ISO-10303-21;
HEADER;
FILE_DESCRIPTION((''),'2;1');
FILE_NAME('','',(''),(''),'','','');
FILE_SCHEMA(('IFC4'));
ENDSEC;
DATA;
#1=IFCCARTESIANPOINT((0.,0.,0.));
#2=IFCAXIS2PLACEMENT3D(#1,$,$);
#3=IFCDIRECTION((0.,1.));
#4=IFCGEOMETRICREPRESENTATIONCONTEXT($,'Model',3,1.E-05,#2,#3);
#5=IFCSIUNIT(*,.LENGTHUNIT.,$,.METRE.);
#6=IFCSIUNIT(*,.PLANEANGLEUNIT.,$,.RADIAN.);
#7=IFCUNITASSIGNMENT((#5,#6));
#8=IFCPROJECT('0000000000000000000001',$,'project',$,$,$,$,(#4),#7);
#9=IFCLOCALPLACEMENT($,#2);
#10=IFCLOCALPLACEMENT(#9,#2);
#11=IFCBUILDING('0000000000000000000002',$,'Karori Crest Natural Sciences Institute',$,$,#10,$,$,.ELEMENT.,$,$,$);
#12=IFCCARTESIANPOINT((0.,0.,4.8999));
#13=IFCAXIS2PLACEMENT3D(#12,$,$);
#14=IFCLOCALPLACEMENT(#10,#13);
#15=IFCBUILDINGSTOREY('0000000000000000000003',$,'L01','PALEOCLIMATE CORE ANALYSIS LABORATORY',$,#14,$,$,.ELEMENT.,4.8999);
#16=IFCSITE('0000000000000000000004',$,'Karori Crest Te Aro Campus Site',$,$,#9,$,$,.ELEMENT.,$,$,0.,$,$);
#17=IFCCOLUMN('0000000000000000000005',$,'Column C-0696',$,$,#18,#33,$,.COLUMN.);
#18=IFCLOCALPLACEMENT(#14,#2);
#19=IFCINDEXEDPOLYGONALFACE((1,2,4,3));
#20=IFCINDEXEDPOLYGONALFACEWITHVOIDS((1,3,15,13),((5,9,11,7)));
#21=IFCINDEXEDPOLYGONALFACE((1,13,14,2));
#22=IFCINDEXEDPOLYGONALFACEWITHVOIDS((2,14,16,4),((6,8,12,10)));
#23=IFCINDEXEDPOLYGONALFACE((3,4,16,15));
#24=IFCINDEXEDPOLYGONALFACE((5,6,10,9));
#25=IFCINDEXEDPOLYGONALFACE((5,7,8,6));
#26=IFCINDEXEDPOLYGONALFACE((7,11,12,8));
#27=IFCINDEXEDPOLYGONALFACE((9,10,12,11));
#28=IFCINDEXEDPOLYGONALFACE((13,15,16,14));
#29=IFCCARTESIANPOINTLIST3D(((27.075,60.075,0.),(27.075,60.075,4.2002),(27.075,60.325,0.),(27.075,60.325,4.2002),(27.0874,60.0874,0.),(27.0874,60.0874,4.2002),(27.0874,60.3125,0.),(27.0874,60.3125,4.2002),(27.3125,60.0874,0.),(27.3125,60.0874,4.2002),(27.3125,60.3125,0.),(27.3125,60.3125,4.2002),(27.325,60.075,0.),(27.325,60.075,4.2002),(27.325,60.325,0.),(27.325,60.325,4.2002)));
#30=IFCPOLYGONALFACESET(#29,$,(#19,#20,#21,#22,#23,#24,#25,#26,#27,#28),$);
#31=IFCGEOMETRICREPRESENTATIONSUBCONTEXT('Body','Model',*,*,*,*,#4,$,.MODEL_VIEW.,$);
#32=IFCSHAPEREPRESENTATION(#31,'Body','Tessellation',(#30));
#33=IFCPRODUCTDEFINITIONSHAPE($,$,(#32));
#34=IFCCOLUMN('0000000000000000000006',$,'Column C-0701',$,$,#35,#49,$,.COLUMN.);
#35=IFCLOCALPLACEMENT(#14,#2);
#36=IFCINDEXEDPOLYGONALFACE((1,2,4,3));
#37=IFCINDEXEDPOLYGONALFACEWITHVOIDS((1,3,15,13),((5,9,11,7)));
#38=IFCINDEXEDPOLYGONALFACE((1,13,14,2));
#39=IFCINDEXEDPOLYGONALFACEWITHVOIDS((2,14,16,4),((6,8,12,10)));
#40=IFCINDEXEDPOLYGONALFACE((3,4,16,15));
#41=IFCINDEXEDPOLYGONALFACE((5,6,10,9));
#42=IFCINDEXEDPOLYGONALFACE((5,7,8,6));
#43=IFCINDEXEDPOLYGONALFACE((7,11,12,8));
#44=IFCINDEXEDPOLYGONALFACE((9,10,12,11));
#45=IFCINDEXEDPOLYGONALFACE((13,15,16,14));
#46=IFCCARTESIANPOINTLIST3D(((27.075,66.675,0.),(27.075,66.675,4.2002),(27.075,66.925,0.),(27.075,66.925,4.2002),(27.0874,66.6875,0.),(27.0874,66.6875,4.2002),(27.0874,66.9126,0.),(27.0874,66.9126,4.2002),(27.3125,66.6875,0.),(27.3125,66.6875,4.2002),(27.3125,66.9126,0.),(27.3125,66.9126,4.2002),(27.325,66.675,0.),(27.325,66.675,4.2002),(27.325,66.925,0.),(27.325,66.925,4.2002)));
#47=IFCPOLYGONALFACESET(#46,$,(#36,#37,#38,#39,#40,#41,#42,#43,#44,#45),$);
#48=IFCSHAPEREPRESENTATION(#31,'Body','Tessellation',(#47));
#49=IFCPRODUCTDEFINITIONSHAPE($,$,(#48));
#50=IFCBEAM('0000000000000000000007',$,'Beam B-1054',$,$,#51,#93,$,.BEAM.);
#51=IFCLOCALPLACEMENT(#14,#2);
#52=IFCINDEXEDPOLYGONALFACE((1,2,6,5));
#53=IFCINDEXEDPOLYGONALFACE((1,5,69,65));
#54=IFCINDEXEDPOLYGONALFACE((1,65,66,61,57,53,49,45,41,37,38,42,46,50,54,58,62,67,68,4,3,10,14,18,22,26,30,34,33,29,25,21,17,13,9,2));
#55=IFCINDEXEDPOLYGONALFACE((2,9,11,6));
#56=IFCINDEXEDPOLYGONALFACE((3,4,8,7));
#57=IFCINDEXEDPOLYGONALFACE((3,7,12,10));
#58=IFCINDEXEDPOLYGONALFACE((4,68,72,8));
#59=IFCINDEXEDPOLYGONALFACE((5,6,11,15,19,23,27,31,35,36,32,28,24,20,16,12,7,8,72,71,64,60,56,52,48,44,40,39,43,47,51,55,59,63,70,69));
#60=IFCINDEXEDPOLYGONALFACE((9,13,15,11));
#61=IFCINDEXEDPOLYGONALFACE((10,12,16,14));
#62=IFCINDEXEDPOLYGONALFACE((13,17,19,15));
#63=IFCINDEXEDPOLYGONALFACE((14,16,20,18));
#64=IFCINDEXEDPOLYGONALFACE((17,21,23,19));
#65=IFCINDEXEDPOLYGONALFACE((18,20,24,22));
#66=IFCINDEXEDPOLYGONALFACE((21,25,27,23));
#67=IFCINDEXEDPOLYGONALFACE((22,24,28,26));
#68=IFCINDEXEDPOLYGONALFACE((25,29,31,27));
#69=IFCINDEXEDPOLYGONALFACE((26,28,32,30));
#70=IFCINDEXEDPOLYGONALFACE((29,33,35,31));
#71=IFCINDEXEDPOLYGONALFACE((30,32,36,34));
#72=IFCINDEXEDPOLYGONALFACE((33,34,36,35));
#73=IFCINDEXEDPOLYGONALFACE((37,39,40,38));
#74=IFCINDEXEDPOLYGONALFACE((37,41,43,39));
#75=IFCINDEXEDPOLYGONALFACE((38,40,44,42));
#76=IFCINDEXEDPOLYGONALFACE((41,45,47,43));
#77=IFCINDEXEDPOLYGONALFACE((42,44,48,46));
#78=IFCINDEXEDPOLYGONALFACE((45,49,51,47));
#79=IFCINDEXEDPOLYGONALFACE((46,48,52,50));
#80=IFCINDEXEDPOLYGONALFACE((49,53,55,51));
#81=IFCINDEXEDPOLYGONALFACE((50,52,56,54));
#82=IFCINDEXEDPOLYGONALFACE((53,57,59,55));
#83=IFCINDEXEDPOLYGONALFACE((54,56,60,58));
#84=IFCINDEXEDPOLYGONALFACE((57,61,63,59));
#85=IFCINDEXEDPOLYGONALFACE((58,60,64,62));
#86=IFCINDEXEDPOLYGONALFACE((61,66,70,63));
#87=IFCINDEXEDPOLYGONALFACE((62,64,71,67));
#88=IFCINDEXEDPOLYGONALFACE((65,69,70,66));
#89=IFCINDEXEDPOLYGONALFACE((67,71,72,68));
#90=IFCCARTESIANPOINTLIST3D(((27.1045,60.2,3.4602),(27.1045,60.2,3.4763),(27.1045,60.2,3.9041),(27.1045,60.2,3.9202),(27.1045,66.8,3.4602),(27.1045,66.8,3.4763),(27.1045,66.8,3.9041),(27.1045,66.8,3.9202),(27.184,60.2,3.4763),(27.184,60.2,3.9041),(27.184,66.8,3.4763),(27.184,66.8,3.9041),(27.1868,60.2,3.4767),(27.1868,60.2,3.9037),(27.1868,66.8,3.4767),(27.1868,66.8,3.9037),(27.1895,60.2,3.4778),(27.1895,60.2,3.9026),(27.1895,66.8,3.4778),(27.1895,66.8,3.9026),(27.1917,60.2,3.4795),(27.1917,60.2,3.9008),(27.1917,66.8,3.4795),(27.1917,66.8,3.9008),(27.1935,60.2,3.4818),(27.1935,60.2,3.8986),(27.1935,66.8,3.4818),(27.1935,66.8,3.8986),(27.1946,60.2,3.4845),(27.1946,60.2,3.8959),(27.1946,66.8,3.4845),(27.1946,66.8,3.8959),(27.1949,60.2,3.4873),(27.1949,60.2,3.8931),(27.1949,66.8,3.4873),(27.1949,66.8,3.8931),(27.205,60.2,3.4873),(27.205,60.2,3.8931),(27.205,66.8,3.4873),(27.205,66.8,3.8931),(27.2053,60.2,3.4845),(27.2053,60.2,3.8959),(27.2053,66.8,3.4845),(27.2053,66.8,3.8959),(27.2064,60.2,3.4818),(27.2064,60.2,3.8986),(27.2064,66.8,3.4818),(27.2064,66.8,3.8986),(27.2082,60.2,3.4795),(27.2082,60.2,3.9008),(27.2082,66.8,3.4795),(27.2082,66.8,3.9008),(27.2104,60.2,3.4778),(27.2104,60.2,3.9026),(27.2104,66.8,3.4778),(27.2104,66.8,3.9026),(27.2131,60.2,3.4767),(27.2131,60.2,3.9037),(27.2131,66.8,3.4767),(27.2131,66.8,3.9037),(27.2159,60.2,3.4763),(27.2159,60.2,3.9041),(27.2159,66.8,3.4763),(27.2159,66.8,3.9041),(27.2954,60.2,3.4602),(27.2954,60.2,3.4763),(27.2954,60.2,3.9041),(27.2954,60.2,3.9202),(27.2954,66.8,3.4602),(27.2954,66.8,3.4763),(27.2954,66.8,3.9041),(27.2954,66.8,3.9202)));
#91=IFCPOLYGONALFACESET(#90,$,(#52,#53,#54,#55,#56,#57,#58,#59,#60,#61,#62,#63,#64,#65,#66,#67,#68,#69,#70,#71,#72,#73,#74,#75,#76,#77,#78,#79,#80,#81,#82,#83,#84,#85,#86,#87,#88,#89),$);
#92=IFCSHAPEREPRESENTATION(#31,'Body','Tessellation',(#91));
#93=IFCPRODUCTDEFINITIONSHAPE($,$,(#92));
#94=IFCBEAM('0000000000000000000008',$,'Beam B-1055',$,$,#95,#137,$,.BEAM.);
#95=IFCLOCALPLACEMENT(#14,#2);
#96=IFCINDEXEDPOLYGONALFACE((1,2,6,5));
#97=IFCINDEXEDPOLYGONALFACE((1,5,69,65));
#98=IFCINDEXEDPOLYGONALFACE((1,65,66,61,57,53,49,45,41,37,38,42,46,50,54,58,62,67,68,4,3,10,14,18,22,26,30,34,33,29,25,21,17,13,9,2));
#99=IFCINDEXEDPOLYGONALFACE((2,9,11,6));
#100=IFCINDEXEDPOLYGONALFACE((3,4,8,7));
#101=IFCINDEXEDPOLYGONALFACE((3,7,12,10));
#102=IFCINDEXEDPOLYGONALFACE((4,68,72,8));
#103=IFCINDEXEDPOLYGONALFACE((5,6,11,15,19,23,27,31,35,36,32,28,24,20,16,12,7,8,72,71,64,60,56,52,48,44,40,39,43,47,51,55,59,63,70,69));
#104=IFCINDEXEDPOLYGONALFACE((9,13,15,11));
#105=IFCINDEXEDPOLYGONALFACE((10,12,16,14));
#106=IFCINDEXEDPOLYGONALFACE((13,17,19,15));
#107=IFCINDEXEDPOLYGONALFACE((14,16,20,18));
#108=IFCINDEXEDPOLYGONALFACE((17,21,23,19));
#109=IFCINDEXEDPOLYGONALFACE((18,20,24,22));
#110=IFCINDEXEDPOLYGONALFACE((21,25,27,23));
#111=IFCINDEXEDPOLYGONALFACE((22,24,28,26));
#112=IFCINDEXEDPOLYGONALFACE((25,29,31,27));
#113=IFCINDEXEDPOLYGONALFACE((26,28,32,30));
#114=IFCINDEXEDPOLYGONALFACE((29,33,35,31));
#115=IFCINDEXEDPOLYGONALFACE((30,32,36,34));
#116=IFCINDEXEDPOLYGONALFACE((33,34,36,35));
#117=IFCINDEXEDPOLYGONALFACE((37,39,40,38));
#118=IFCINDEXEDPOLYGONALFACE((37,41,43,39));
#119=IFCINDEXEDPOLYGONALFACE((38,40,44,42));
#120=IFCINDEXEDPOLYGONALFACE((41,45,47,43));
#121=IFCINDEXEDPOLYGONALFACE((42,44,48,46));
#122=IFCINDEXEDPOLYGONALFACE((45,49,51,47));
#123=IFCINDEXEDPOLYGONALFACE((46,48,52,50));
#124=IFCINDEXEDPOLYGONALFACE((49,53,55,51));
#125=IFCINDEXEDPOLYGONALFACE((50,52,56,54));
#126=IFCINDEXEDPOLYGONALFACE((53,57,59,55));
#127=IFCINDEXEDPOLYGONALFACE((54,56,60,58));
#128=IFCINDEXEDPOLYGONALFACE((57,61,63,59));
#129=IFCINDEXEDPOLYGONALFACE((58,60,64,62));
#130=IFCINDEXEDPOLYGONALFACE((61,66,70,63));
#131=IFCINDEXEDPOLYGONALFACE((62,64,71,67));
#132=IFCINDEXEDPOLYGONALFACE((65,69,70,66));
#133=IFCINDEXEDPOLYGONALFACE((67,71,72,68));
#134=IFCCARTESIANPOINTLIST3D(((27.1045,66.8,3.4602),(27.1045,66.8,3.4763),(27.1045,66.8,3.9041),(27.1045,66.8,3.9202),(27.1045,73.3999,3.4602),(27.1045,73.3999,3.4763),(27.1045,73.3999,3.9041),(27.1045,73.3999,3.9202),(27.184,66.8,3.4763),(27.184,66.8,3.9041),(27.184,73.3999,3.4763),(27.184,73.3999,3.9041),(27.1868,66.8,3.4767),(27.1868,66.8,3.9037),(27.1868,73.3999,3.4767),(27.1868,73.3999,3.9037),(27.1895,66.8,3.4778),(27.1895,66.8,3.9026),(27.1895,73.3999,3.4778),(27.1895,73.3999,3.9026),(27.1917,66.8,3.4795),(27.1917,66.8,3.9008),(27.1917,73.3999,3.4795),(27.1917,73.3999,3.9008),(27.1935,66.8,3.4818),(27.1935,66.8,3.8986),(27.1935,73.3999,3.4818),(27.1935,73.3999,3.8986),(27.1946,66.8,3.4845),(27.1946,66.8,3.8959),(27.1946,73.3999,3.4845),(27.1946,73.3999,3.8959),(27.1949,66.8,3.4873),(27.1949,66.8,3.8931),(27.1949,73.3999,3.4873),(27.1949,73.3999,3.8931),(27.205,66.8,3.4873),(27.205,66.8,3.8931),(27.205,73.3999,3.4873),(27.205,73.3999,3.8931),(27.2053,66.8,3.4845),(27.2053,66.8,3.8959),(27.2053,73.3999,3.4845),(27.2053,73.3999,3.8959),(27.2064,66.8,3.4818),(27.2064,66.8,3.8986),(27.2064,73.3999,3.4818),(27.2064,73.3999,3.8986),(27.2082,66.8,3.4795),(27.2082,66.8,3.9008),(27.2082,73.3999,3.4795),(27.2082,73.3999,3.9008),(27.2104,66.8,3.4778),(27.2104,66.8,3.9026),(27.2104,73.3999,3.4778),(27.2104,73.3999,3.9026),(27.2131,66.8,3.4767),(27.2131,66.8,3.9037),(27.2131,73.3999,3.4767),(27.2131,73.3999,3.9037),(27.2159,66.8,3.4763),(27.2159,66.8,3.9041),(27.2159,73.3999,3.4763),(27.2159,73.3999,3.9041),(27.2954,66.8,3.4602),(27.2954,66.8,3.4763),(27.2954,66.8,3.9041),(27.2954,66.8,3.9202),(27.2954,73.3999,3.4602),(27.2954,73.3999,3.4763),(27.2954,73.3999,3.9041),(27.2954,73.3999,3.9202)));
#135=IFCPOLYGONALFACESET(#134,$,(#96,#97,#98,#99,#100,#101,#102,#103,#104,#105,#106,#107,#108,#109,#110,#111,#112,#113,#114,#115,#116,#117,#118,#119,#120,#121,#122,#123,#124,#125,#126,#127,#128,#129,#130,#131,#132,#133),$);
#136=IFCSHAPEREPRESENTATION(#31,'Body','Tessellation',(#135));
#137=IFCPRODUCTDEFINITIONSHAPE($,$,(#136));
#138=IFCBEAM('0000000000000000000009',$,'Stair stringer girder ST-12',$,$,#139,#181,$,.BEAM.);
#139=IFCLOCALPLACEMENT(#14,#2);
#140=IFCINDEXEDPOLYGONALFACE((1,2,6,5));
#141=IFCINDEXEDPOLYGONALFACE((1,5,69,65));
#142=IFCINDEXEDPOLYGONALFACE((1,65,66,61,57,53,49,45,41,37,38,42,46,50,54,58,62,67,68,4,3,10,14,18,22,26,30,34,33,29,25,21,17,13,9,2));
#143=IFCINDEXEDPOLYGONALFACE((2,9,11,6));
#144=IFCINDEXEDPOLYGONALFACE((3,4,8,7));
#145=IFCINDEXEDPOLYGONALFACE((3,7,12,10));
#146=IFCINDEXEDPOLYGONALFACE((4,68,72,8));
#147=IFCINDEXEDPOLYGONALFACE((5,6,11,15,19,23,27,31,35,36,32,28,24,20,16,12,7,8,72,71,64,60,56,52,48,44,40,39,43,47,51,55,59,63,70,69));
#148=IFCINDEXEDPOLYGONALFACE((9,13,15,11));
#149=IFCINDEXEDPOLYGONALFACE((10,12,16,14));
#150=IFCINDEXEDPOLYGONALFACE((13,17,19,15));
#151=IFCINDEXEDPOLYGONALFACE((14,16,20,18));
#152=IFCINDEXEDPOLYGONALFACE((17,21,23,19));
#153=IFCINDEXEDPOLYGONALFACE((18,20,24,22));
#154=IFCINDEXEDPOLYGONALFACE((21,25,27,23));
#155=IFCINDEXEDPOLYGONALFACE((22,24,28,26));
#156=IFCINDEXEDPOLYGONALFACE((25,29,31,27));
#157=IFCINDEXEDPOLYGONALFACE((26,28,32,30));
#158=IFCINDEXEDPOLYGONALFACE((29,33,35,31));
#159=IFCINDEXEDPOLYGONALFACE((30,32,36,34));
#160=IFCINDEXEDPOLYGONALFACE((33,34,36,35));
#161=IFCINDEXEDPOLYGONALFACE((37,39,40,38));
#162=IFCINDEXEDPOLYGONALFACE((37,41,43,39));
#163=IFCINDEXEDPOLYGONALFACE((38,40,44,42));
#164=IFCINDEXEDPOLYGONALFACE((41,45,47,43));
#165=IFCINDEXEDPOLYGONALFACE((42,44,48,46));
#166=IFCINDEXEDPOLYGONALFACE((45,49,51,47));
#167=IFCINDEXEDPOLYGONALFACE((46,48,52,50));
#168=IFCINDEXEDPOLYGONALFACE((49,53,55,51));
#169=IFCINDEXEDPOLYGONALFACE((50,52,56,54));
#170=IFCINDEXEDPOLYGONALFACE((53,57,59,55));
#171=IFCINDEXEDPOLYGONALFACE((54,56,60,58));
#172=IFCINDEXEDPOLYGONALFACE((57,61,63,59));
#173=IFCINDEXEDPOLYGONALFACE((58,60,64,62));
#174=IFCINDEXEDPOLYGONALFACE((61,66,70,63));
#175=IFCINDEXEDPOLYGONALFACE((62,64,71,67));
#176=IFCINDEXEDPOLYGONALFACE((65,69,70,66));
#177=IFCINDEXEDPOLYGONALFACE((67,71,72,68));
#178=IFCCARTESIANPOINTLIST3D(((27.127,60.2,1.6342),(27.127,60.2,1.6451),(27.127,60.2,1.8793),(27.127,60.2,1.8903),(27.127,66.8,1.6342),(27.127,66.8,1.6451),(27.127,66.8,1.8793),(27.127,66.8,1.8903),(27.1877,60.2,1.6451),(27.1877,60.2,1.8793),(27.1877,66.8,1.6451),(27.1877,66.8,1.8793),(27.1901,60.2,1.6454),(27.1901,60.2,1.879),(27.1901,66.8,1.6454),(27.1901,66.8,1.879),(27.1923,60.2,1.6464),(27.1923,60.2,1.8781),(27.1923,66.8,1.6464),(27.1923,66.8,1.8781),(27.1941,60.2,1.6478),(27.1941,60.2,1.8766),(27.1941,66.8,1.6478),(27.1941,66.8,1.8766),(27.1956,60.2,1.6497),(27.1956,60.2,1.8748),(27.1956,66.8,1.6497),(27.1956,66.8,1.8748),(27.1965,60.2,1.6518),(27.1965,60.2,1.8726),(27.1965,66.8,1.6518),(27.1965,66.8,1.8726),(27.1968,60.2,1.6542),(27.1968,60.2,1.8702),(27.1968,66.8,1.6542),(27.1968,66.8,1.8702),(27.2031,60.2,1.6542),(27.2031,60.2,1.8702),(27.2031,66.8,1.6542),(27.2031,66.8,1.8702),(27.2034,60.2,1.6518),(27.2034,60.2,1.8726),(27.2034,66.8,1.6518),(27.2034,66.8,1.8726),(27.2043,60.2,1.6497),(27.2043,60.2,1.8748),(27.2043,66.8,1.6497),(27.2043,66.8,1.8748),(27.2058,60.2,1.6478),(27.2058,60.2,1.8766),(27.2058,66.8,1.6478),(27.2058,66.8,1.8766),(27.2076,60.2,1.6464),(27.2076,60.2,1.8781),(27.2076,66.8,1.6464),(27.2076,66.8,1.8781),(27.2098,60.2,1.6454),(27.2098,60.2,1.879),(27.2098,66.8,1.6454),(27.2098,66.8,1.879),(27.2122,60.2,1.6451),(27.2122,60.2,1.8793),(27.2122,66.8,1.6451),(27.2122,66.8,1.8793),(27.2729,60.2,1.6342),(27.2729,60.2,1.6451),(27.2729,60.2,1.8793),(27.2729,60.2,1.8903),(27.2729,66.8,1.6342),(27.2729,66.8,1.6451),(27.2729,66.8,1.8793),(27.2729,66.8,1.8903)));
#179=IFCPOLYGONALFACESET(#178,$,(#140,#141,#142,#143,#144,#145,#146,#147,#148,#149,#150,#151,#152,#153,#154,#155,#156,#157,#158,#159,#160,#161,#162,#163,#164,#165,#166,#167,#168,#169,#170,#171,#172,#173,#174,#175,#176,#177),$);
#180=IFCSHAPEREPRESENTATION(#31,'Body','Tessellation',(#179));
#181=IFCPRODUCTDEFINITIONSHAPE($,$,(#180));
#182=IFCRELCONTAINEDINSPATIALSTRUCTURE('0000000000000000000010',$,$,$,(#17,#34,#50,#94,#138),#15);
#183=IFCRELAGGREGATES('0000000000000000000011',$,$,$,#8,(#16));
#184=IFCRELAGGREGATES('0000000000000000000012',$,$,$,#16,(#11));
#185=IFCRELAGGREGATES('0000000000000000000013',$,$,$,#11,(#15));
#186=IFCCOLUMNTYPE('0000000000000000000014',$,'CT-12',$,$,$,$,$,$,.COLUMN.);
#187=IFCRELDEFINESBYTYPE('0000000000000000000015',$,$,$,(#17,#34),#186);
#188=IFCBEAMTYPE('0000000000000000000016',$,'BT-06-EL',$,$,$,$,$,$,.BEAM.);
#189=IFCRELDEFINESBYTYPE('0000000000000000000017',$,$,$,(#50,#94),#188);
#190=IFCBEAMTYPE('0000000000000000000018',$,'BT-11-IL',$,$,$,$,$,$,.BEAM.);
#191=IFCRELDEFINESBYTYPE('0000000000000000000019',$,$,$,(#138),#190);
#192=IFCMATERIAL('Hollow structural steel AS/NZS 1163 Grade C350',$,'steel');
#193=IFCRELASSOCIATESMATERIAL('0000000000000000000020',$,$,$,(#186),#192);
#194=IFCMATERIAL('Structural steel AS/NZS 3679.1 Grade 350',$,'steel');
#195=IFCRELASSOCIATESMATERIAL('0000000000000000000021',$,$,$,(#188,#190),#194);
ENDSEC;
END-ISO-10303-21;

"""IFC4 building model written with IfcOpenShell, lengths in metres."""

from ifc_helpers import new_model, si_unit, direction, frame, origin, origin_2d, place, context, subcontext, project, spatial, hollow_rectangle, i_section, extrude, material, material_profile, profile_set, type_object, element, save


model = new_model("IFC4")

# Units and contexts
model_context = context("Model", 3, precision=1e-05, world=origin(), true_north=direction((0.0, 1.0)))
body_context = subcontext(model_context, "Body", "Model", "MODEL_VIEW")
ifc_project = project(units=[si_unit("LENGTHUNIT", "METRE"), si_unit("PLANEANGLEUNIT", "RADIAN")], contexts=[model_context])

# Site, building, storey
site_placement = place(None, origin())
site = spatial("IfcSite", under=ifc_project, at=site_placement, Name="Karori Crest Te Aro Campus Site", CompositionType="ELEMENT", RefElevation=0.0)
building_placement = place(site_placement, origin())
building = spatial("IfcBuilding", under=site, at=building_placement, Name="Karori Crest Natural Sciences Institute", CompositionType="ELEMENT")
storey_placement = place(building_placement, frame((0.0, 0.0, 4.8999)))
storey = spatial("IfcBuildingStorey", under=building, at=storey_placement, Name="L01", Description="PALEOCLIMATE CORE ANALYSIS LABORATORY", CompositionType="ELEMENT", Elevation=4.8999)

# Columns
ifc_material_1 = material(Name="Hollow structural steel AS/NZS 1163 Grade C350", Category="steel")
ifc_material_profile_1 = material_profile(ifc_material_1, hollow_rectangle(XDim=0.25, YDim=0.25, WallThickness=0.0125, at=origin_2d()), Name="SHS250x250x12.5")
ifc_profile_set_1 = profile_set([ifc_material_profile_1], Name="Hollow structural steel AS/NZS 1163 Grade C350")
column_type = type_object("IfcColumnType", Name="CT-12", PredefinedType="COLUMN", material=ifc_profile_set_1)
for number, where, z_axis, x_axis, name in (
    (1, (27.2, 60.2, 0.0), (0.0, 0.0, 1.0), (1.0, 0.0, 0.0), "Column C-0696"),
    (2, (27.2, 66.8, 0.0), (0.0, 0.0, 1.0), (1.0, 0.0, 0.0), "Column C-0701"),
):
    element("IfcColumn", number, at=place(storey_placement, frame(where, z_axis=z_axis, x_axis=x_axis)), inside=storey, type_object=column_type, Name=name, PredefinedType="COLUMN", context=body_context, shape_type="SweptSolid", body=[
        extrude(hollow_rectangle(XDim=0.25, YDim=0.25, WallThickness=0.0125, at=origin_2d()), origin(), (0.0, 0.0, 1.0), 4.2002),
    ])

# Beams
ifc_material_2 = material(Name="Structural steel AS/NZS 3679.1 Grade 350", Category="steel")
ifc_material_profile_2 = material_profile(ifc_material_2, i_section(OverallWidth=0.1909, OverallDepth=0.46, WebThickness=0.01, FlangeThickness=0.0161, FilletRadius=0.011, at=origin_2d()), Name="460UB82.1")
ifc_profile_set_2 = profile_set([ifc_material_profile_2], Name="Structural steel AS/NZS 3679.1 Grade 350")
beam_type_1 = type_object("IfcBeamType", Name="BT-06-EL", PredefinedType="BEAM", material=ifc_profile_set_2)
beam_1_placement = place(storey_placement, frame((27.2, 60.2, 3.6902), z_axis=(0.0, 1.0, 0.0), x_axis=(-1.0, 0.0, 0.0)))
element("IfcBeam", 3, at=beam_1_placement, inside=storey, type_object=beam_type_1, Name="Beam B-1054", PredefinedType="BEAM", context=body_context, shape_type="SweptSolid", body=[
    extrude(i_section(OverallWidth=0.1909, OverallDepth=0.46, WebThickness=0.01, FlangeThickness=0.0161, FilletRadius=0.011, at=origin_2d()), origin(), (0.0, 0.0, 1.0), 6.6001),
])
beam_2_placement = place(storey_placement, frame((27.2, 66.8, 3.6902), z_axis=(0.0, 1.0, 0.0), x_axis=(-1.0, 0.0, 0.0)))
element("IfcBeam", 4, at=beam_2_placement, inside=storey, type_object=beam_type_1, Name="Beam B-1055", PredefinedType="BEAM", context=body_context, shape_type="SweptSolid", body=[
    extrude(i_section(OverallWidth=0.1909, OverallDepth=0.46, WebThickness=0.01, FlangeThickness=0.0161, FilletRadius=0.011, at=origin_2d()), origin(), (0.0, 0.0, 1.0), 6.5999),
])
ifc_material_profile_3 = material_profile(ifc_material_2, i_section(OverallWidth=0.146, OverallDepth=0.2561, WebThickness=0.0063, FlangeThickness=0.011, FilletRadius=0.009, at=origin_2d()), Name="250UB37.3")
ifc_profile_set_3 = profile_set([ifc_material_profile_3], Name="Structural steel AS/NZS 3679.1 Grade 350")
beam_type_2 = type_object("IfcBeamType", Name="BT-11-IL", PredefinedType="BEAM", material=ifc_profile_set_3)
beam_3_placement = place(storey_placement, frame((27.2, 60.2, 1.7622), z_axis=(0.0, 1.0, 0.0), x_axis=(-1.0, 0.0, 0.0)))
element("IfcBeam", 5, at=beam_3_placement, inside=storey, type_object=beam_type_2, Name="Stair stringer girder ST-12", PredefinedType="BEAM", context=body_context, shape_type="SweptSolid", body=[
    extrude(i_section(OverallWidth=0.146, OverallDepth=0.2561, WebThickness=0.0063, FlangeThickness=0.011, FilletRadius=0.009, at=origin_2d()), origin(), (0.0, 0.0, 1.0), 6.6001),
])

save(model, "model.ifc")
